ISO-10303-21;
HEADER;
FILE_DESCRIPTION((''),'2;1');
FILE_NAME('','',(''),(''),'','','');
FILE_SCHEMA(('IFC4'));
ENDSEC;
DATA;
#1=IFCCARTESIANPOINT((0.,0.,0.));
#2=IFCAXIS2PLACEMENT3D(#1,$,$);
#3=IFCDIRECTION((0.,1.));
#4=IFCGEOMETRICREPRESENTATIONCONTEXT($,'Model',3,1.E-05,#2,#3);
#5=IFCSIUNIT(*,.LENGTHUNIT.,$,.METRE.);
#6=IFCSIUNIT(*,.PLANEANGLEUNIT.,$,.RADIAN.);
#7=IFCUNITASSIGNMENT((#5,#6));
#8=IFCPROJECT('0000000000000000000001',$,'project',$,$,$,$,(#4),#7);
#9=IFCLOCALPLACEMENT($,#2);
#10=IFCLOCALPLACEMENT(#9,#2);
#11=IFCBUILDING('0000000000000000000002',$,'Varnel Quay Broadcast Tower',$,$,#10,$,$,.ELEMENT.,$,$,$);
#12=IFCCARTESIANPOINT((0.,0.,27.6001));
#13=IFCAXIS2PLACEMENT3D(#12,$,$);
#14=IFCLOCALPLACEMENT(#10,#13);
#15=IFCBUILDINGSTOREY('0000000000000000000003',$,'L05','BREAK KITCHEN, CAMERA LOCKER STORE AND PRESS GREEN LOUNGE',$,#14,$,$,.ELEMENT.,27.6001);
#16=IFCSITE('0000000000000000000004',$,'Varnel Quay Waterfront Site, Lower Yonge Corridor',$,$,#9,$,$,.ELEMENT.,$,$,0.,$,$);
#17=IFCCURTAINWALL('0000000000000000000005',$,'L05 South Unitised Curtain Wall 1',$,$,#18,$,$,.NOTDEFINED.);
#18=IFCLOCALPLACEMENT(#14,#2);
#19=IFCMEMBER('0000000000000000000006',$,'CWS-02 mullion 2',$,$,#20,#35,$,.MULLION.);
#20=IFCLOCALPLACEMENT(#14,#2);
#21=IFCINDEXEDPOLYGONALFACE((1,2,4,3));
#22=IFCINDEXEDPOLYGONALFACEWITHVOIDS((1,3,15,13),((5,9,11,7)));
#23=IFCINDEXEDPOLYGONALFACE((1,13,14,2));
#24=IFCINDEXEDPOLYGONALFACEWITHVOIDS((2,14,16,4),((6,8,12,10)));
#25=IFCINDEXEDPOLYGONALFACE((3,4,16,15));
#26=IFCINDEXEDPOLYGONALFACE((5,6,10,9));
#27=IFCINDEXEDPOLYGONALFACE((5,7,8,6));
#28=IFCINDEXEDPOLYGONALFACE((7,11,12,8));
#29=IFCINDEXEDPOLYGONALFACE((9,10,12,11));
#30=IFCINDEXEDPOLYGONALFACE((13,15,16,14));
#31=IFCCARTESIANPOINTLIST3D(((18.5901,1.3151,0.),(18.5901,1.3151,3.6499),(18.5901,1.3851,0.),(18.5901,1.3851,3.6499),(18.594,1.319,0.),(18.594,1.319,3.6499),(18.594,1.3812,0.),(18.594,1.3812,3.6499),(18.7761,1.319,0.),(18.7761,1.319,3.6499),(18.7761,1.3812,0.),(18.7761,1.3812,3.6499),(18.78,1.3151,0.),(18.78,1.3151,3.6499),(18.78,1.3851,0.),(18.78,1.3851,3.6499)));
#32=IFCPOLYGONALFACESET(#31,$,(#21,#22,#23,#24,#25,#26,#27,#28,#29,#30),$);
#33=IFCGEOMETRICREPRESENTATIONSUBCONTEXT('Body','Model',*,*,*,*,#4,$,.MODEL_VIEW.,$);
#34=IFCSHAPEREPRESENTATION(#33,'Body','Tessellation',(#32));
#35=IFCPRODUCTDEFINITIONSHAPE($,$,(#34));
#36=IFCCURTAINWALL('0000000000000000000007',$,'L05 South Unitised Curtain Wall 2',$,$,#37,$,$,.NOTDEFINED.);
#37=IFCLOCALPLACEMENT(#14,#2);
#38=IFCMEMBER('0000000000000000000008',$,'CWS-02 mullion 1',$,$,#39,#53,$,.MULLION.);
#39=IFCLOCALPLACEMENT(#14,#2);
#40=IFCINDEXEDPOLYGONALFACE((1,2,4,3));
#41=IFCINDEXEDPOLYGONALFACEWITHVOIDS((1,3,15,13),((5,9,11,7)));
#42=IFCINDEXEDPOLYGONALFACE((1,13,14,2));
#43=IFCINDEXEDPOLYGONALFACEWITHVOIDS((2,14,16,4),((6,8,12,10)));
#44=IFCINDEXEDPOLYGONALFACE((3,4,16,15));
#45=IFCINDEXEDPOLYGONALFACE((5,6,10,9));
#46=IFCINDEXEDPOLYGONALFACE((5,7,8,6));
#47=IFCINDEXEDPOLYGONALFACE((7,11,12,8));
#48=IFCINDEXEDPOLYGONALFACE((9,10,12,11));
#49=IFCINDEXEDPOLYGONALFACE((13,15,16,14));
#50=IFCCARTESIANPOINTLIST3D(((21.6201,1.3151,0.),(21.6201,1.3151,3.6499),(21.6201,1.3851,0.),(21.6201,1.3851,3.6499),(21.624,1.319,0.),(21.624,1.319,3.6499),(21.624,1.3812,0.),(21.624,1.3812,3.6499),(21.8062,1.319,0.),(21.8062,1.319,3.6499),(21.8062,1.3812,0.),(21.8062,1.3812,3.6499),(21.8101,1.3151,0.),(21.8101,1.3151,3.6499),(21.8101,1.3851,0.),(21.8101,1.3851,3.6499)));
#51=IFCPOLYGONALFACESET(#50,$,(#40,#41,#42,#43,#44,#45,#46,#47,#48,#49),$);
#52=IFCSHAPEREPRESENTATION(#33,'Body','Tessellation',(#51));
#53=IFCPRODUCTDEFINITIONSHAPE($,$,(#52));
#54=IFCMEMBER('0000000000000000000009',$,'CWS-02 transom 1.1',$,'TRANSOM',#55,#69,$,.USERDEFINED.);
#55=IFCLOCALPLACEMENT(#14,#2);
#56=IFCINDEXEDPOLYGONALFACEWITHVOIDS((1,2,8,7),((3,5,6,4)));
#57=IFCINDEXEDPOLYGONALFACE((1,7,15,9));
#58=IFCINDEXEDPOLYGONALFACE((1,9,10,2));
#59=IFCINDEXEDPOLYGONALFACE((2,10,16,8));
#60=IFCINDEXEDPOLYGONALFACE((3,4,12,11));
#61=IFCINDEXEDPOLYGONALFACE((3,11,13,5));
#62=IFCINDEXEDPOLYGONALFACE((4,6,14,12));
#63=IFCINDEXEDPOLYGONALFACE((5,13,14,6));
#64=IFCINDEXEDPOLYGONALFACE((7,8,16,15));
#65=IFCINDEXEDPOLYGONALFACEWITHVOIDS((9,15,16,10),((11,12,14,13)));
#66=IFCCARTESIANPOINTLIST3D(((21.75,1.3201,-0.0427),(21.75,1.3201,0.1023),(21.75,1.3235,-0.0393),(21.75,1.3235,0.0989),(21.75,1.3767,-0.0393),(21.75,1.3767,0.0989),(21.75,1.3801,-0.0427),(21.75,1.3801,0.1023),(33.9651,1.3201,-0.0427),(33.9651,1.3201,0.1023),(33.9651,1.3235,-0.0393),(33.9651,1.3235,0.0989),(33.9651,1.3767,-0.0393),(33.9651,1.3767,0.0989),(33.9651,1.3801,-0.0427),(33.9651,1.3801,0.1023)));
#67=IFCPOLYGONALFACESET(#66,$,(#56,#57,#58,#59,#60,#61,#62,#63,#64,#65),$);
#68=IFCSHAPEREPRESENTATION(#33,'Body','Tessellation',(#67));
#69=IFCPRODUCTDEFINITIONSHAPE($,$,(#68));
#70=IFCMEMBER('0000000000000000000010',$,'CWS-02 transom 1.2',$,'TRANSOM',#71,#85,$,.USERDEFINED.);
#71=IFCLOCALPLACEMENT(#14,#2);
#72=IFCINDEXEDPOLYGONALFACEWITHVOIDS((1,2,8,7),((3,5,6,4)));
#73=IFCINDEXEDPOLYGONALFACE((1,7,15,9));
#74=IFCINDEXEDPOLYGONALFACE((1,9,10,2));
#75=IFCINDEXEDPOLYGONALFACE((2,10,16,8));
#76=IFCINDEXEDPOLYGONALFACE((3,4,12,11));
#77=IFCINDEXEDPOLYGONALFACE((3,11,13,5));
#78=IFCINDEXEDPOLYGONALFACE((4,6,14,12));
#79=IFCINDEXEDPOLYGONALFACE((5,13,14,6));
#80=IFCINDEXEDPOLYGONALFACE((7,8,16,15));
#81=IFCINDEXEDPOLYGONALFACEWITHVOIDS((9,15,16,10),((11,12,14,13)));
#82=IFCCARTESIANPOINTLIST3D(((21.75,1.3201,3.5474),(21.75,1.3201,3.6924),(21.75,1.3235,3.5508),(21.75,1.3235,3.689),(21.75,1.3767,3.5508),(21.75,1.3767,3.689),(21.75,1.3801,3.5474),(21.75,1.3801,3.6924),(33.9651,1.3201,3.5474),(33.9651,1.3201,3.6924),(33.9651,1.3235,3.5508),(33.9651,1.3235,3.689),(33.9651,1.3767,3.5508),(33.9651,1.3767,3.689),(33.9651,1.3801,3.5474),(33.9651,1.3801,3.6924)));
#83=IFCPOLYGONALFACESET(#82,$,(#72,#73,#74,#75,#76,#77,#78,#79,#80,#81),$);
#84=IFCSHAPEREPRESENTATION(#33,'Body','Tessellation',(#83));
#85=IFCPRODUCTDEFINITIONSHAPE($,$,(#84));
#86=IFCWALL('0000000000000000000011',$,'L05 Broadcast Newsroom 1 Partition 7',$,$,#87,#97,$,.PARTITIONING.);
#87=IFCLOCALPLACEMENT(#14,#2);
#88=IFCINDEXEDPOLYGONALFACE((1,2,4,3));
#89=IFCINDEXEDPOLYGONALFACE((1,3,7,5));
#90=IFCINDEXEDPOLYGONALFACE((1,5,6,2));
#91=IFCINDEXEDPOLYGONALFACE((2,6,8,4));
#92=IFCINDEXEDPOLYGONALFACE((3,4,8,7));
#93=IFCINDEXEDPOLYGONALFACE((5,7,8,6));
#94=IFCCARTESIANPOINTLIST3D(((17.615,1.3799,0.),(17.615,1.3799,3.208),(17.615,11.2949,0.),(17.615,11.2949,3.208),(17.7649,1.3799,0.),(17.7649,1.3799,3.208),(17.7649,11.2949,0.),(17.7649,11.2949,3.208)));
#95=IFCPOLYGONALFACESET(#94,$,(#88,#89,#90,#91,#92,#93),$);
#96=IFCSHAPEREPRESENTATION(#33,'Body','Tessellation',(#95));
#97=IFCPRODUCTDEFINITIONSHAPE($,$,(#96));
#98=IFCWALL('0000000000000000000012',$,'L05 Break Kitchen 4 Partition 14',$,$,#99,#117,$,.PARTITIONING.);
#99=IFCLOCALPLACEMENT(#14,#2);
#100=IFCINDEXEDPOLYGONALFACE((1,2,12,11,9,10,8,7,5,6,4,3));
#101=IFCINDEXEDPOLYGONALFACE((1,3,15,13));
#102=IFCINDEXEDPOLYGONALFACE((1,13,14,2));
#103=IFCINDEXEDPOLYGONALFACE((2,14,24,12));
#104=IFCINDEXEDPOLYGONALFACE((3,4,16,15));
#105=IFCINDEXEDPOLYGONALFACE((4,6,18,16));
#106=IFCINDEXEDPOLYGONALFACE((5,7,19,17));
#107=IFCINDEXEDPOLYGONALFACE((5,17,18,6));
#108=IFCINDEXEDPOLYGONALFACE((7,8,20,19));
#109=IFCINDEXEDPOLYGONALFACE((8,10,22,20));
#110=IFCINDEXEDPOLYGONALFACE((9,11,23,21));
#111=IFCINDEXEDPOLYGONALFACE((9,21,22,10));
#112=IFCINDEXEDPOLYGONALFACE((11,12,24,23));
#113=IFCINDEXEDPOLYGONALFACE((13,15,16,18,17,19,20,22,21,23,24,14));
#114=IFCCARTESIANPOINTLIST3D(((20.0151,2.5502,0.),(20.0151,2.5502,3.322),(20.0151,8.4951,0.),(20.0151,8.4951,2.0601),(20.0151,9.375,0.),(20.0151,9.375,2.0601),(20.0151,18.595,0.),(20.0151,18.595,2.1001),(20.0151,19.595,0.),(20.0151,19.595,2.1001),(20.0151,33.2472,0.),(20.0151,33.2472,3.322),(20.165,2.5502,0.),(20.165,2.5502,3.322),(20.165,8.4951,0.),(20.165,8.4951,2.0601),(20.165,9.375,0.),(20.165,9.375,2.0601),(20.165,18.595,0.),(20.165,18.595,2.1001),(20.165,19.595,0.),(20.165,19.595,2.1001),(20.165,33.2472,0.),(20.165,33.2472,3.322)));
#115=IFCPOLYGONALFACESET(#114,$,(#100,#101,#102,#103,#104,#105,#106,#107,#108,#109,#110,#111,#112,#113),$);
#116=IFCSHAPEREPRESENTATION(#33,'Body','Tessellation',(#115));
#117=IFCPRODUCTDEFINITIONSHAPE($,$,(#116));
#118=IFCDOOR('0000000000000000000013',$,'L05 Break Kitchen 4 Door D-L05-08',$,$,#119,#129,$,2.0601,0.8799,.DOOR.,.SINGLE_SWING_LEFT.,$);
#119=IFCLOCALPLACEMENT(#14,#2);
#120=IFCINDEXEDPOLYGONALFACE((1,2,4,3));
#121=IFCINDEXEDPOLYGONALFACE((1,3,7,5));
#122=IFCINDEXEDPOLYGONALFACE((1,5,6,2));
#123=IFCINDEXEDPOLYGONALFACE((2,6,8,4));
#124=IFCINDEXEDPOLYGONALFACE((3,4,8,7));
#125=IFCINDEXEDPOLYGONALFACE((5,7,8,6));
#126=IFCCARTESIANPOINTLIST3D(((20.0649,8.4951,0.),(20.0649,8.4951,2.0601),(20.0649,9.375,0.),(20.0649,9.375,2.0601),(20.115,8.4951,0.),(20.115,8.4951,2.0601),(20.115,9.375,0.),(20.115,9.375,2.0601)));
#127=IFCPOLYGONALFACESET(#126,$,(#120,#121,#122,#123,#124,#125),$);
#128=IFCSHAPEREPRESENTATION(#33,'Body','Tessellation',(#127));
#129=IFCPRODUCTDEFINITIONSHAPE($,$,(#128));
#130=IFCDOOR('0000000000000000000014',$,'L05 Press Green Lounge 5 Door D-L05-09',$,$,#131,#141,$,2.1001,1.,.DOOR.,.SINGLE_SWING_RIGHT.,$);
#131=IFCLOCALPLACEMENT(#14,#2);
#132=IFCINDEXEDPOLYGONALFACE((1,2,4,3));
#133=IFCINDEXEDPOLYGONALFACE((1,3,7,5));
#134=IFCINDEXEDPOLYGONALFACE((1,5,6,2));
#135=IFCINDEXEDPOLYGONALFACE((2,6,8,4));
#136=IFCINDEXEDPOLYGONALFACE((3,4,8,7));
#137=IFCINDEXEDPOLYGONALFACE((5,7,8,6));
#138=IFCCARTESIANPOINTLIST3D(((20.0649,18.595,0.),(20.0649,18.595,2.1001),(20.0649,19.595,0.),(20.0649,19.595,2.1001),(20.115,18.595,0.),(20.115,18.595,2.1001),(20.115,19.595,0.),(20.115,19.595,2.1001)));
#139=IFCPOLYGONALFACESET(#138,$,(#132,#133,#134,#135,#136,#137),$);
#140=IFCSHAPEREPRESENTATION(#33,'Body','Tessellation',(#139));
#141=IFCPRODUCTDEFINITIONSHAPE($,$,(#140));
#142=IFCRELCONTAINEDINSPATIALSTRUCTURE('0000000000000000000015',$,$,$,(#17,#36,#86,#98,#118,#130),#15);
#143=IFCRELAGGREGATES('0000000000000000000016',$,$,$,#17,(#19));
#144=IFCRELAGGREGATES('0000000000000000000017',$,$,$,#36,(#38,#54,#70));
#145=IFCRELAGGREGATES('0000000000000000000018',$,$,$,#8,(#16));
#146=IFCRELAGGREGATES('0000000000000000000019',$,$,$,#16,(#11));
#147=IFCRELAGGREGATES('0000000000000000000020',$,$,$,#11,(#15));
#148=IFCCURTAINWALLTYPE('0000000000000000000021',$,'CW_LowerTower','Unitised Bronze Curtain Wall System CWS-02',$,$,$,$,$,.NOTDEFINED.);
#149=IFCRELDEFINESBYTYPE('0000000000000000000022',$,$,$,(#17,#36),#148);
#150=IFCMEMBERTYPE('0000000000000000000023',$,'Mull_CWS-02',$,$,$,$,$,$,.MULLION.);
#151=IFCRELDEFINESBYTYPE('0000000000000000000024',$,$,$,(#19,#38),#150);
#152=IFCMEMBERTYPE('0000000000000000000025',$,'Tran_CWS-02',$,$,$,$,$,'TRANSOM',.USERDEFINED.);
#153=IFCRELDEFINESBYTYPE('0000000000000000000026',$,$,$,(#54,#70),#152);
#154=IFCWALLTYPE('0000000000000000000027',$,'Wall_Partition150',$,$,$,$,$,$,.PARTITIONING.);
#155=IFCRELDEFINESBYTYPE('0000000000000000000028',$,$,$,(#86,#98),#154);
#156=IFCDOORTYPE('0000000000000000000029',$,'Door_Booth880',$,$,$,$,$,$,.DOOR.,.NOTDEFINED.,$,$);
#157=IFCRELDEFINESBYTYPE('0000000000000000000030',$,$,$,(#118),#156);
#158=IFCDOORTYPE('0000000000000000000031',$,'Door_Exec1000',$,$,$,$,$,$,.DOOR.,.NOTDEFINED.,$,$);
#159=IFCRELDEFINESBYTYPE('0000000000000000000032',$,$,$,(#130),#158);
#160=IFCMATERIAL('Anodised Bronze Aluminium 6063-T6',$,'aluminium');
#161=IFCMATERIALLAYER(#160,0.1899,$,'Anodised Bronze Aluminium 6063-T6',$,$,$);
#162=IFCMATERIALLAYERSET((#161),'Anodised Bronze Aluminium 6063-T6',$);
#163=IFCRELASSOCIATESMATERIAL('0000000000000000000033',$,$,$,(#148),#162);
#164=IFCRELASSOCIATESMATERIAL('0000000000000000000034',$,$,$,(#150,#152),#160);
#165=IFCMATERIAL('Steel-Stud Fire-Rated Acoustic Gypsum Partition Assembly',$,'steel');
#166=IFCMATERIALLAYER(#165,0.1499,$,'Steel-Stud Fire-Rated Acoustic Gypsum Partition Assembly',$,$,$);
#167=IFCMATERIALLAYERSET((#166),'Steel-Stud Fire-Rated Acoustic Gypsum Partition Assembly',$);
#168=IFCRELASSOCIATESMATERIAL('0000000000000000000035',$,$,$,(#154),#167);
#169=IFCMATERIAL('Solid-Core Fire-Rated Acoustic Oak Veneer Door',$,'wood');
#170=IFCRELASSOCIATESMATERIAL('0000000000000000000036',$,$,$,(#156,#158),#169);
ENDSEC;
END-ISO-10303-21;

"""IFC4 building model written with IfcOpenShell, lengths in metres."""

from ifc_helpers import new_model, si_unit, direction, frame, frame_2d, origin, origin_2d, place, context, subcontext, project, spatial, rectangle, hollow_rectangle, extrude, source, transform, mapped, material, layer, layer_set, material_profile, profile_set, type_object, type_shapes, element, fill, aggregate, save


model = new_model("IFC4")

# Units and contexts
model_context = context("Model", 3, precision=1e-05, world=origin(), true_north=direction((0.0, 1.0)))
body_context = subcontext(model_context, "Body", "Model", "MODEL_VIEW")
ifc_project = project(units=[si_unit("LENGTHUNIT", "METRE"), si_unit("PLANEANGLEUNIT", "RADIAN")], contexts=[model_context])

# Site, building, storey
site_placement = place(None, origin())
site = spatial("IfcSite", under=ifc_project, at=site_placement, Name="Varnel Quay Waterfront Site, Lower Yonge Corridor", CompositionType="ELEMENT", RefElevation=0.0)
building_placement = place(site_placement, origin())
building = spatial("IfcBuilding", under=site, at=building_placement, Name="Varnel Quay Broadcast Tower", CompositionType="ELEMENT")
storey_placement = place(building_placement, frame((0.0, 0.0, 27.6001)))
storey = spatial("IfcBuildingStorey", under=building, at=storey_placement, Name="L05", Description="BREAK KITCHEN, CAMERA LOCKER STORE AND PRESS GREEN LOUNGE", CompositionType="ELEMENT", Elevation=27.6001)

# Curtain wall, member
ifc_material_1 = material(Name="Anodised Bronze Aluminium 6063-T6", Category="aluminium")
ifc_layer_1 = layer(ifc_material_1, 0.1899, Name="Anodised Bronze Aluminium 6063-T6")
ifc_layer_set_1 = layer_set([ifc_layer_1], Name="Anodised Bronze Aluminium 6063-T6")
curtain_wall_type = type_object("IfcCurtainWallType", Name="CW_LowerTower", Description="Unitised Bronze Curtain Wall System CWS-02", PredefinedType="NOTDEFINED", material=ifc_layer_set_1)
curtain_wall_1_placement = place(storey_placement, origin())
curtain_wall_1 = element("IfcCurtainWall", 1, at=curtain_wall_1_placement, inside=storey, type_object=curtain_wall_type, Name="L05 South Unitised Curtain Wall 1", PredefinedType="NOTDEFINED")
ifc_material_profile_1 = material_profile(ifc_material_1, hollow_rectangle(XDim=0.0701, YDim=0.1899, WallThickness=0.0039, at=origin_2d()), Name="ALU70X190X4")
ifc_profile_set_1 = profile_set([ifc_material_profile_1], Name="Anodised Bronze Aluminium 6063-T6")
member_type_1 = type_object("IfcMemberType", Name="Mull_CWS-02", PredefinedType="MULLION", material=ifc_profile_set_1)
shared_shape_1 = source(origin(), body_context, "Body", "SweptSolid", [
    extrude(hollow_rectangle(XDim=0.0701, YDim=0.1899, WallThickness=0.0039, at=origin_2d()), origin(), (0.0, 0.0, 1.0), 3.6499),
])
type_shapes(member_type_1, [shared_shape_1])
member_1_placement = place(storey_placement, frame((18.6851, 1.3501, 0.0), z_axis=(0.0, 0.0, 1.0), x_axis=(0.0, 1.0, 0.0)))
member_1 = element("IfcMember", 2, at=member_1_placement, type_object=member_type_1, Name="CWS-02 mullion 2", PredefinedType="MULLION", context=body_context, shape_type="MappedRepresentation", body=[
    mapped(shared_shape_1, transform((0.0, 0.0, 0.0), x_axis=(1.0, 0.0, 0.0), y_axis=(0.0, 1.0, 0.0), z_axis=(0.0, 0.0, 1.0), scale=1.0)),
])
aggregate(curtain_wall_1, [member_1])

# Curtain wall, members
curtain_wall_2_placement = place(storey_placement, origin())
curtain_wall_2 = element("IfcCurtainWall", 3, at=curtain_wall_2_placement, inside=storey, type_object=curtain_wall_type, Name="L05 South Unitised Curtain Wall 2", PredefinedType="NOTDEFINED")
member_2_placement = place(storey_placement, frame((21.7151, 1.3501, 0.0), z_axis=(0.0, 0.0, 1.0), x_axis=(0.0, 1.0, 0.0)))
member_2 = element("IfcMember", 4, at=member_2_placement, type_object=member_type_1, Name="CWS-02 mullion 1", PredefinedType="MULLION", context=body_context, shape_type="MappedRepresentation", body=[
    mapped(shared_shape_1, transform((0.0, 0.0, 0.0), x_axis=(1.0, 0.0, 0.0), y_axis=(0.0, 1.0, 0.0), z_axis=(0.0, 0.0, 1.0), scale=1.0)),
])
ifc_material_profile_2 = material_profile(ifc_material_1, hollow_rectangle(XDim=0.0601, YDim=0.145, WallThickness=0.0034, at=origin_2d()), Name="ALU60X145X3.5")
ifc_profile_set_2 = profile_set([ifc_material_profile_2], Name="Anodised Bronze Aluminium 6063-T6")
member_type_2 = type_object("IfcMemberType", Name="Tran_CWS-02", ElementType="TRANSOM", PredefinedType="USERDEFINED", material=ifc_profile_set_2)
shared_shape_2 = source(origin(), body_context, "Body", "SweptSolid", [
    extrude(hollow_rectangle(XDim=0.0601, YDim=0.145, WallThickness=0.0034, at=origin_2d()), origin(), (0.0, 0.0, 1.0), 12.2151),
])
type_shapes(member_type_2, [shared_shape_2])
member_3_placement = place(storey_placement, frame((21.75, 1.3501, 0.0298), z_axis=(1.0, 0.0, 0.0), x_axis=(0.0, 1.0, 0.0)))
member_3 = element("IfcMember", 5, at=member_3_placement, type_object=member_type_2, Name="CWS-02 transom 1.1", ObjectType="TRANSOM", PredefinedType="USERDEFINED", context=body_context, shape_type="MappedRepresentation", body=[
    mapped(shared_shape_2, transform((0.0, 0.0, 0.0), x_axis=(1.0, 0.0, 0.0), y_axis=(0.0, 1.0, 0.0), z_axis=(0.0, 0.0, 1.0), scale=1.0)),
])
member_4_placement = place(storey_placement, frame((21.75, 1.3501, 3.6199), z_axis=(1.0, 0.0, 0.0), x_axis=(0.0, 1.0, 0.0)))
member_4 = element("IfcMember", 6, at=member_4_placement, type_object=member_type_2, Name="CWS-02 transom 1.2", ObjectType="TRANSOM", PredefinedType="USERDEFINED", context=body_context, shape_type="MappedRepresentation", body=[
    mapped(shared_shape_2, transform((0.0, 0.0, 0.0), x_axis=(1.0, 0.0, 0.0), y_axis=(0.0, 1.0, 0.0), z_axis=(0.0, 0.0, 1.0), scale=1.0)),
])
aggregate(curtain_wall_2, [member_2, member_3, member_4])

# Wall
ifc_material_2 = material(Name="Steel-Stud Fire-Rated Acoustic Gypsum Partition Assembly", Category="steel")
ifc_layer_2 = layer(ifc_material_2, 0.1499, Name="Steel-Stud Fire-Rated Acoustic Gypsum Partition Assembly")
ifc_layer_set_2 = layer_set([ifc_layer_2], Name="Steel-Stud Fire-Rated Acoustic Gypsum Partition Assembly")
wall_type_1 = type_object("IfcWallType", Name="Wall_Partition150", PredefinedType="PARTITIONING", material=ifc_layer_set_2)
wall_1_placement = place(storey_placement, frame((17.6899, 1.3799, 0.0), z_axis=(0.0, 0.0, 1.0), x_axis=(0.0, 1.0, 0.0)))
element("IfcWall", 7, at=wall_1_placement, inside=storey, type_object=wall_type_1, Name="L05 Broadcast Newsroom 1 Partition 7", PredefinedType="PARTITIONING", context=body_context, shape_type="SweptSolid", body=[
    extrude(rectangle(XDim=9.915, YDim=0.1499, at=frame_2d((4.9575, 0.0))), origin(), (0.0, 0.0, 1.0), 3.208),
])

# Wall, openings, doors
wall_2_placement = place(storey_placement, frame((20.0901, 2.55, 0.0), z_axis=(0.0, 0.0, 1.0), x_axis=(0.0, 1.0, 0.0)))
wall_2 = element("IfcWall", 8, at=wall_2_placement, inside=storey, type_object=wall_type_1, Name="L05 Break Kitchen 4 Partition 14", PredefinedType="PARTITIONING", context=body_context, shape_type="SweptSolid", body=[
    extrude(rectangle(XDim=30.697, YDim=0.1499, at=frame_2d((15.3486, 0.0))), origin(), (0.0, 0.0, 1.0), 3.322),
])
opening_1_placement = place(wall_2_placement, frame((5.9451, 0.0, 0.0)))
opening_1 = element("IfcOpeningElement", 9, at=opening_1_placement, cuts=wall_2, PredefinedType="OPENING", context=body_context, shape_type="SweptSolid", body=[
    extrude(rectangle(XDim=0.8799, YDim=2.0601, at=frame_2d((0.4399, 1.03))), frame((0.0, 0.085, 0.0), z_axis=(0.0, -1.0, 0.0), x_axis=(1.0, 0.0, 0.0)), (0.0, 0.0, 1.0), 0.1699),
])
opening_2_placement = place(wall_2_placement, frame((16.0449, 0.0, 0.0)))
opening_2 = element("IfcOpeningElement", 10, at=opening_2_placement, cuts=wall_2, PredefinedType="OPENING", context=body_context, shape_type="SweptSolid", body=[
    extrude(rectangle(XDim=1.0, YDim=2.1001, at=frame_2d((0.5, 1.05))), frame((0.0, 0.085, 0.0), z_axis=(0.0, -1.0, 0.0), x_axis=(1.0, 0.0, 0.0)), (0.0, 0.0, 1.0), 0.1699),
])
ifc_material_3 = material(Name="Solid-Core Fire-Rated Acoustic Oak Veneer Door", Category="wood")
door_type_1 = type_object("IfcDoorType", Name="Door_Booth880", OperationType="NOTDEFINED", PredefinedType="DOOR", material=ifc_material_3)
shared_shape_3 = source(origin(), body_context, "Body", "SweptSolid", [
    extrude(rectangle(XDim=0.8799, YDim=2.0601, at=frame_2d((0.4399, 1.03))), frame((0.0, 0.0249, 0.0), z_axis=(0.0, -1.0, 0.0), x_axis=(1.0, 0.0, 0.0)), (0.0, 0.0, 1.0), 0.05),
])
type_shapes(door_type_1, [shared_shape_3])
door_1_placement = place(opening_1_placement, frame((0.8799, 0.0, 0.0), z_axis=(0.0, 0.0, 1.0), x_axis=(-1.0, 0.0, 0.0)))
door_1 = element("IfcDoor", 11, at=door_1_placement, inside=storey, type_object=door_type_1, Name="L05 Break Kitchen 4 Door D-L05-08", OperationType="SINGLE_SWING_LEFT", OverallHeight=2.0601, OverallWidth=0.8799, PredefinedType="DOOR", context=body_context, shape_type="MappedRepresentation", body=[
    mapped(shared_shape_3, transform((0.0, 0.0, 0.0), x_axis=(1.0, 0.0, 0.0), y_axis=(0.0, 1.0, 0.0), z_axis=(0.0, 0.0, 1.0), scale=1.0)),
])
fill(opening_1, door_1)
door_type_2 = type_object("IfcDoorType", Name="Door_Exec1000", OperationType="NOTDEFINED", PredefinedType="DOOR", material=ifc_material_3)
shared_shape_4 = source(origin(), body_context, "Body", "SweptSolid", [
    extrude(rectangle(XDim=1.0, YDim=2.1001, at=frame_2d((0.5, 1.05))), frame((0.0, 0.0249, 0.0), z_axis=(0.0, -1.0, 0.0), x_axis=(1.0, 0.0, 0.0)), (0.0, 0.0, 1.0), 0.05),
])
type_shapes(door_type_2, [shared_shape_4])
door_2_placement = place(opening_2_placement, frame((1.0, 0.0, 0.0), z_axis=(0.0, 0.0, 1.0), x_axis=(-1.0, 0.0, 0.0)))
door_2 = element("IfcDoor", 12, at=door_2_placement, inside=storey, type_object=door_type_2, Name="L05 Press Green Lounge 5 Door D-L05-09", OperationType="SINGLE_SWING_RIGHT", OverallHeight=2.1001, OverallWidth=1.0, PredefinedType="DOOR", context=body_context, shape_type="MappedRepresentation", body=[
    mapped(shared_shape_4, transform((0.0, 0.0, 0.0), x_axis=(1.0, 0.0, 0.0), y_axis=(0.0, 1.0, 0.0), z_axis=(0.0, 0.0, 1.0), scale=1.0)),
])
fill(opening_2, door_2)

save(model, "model.ifc")
